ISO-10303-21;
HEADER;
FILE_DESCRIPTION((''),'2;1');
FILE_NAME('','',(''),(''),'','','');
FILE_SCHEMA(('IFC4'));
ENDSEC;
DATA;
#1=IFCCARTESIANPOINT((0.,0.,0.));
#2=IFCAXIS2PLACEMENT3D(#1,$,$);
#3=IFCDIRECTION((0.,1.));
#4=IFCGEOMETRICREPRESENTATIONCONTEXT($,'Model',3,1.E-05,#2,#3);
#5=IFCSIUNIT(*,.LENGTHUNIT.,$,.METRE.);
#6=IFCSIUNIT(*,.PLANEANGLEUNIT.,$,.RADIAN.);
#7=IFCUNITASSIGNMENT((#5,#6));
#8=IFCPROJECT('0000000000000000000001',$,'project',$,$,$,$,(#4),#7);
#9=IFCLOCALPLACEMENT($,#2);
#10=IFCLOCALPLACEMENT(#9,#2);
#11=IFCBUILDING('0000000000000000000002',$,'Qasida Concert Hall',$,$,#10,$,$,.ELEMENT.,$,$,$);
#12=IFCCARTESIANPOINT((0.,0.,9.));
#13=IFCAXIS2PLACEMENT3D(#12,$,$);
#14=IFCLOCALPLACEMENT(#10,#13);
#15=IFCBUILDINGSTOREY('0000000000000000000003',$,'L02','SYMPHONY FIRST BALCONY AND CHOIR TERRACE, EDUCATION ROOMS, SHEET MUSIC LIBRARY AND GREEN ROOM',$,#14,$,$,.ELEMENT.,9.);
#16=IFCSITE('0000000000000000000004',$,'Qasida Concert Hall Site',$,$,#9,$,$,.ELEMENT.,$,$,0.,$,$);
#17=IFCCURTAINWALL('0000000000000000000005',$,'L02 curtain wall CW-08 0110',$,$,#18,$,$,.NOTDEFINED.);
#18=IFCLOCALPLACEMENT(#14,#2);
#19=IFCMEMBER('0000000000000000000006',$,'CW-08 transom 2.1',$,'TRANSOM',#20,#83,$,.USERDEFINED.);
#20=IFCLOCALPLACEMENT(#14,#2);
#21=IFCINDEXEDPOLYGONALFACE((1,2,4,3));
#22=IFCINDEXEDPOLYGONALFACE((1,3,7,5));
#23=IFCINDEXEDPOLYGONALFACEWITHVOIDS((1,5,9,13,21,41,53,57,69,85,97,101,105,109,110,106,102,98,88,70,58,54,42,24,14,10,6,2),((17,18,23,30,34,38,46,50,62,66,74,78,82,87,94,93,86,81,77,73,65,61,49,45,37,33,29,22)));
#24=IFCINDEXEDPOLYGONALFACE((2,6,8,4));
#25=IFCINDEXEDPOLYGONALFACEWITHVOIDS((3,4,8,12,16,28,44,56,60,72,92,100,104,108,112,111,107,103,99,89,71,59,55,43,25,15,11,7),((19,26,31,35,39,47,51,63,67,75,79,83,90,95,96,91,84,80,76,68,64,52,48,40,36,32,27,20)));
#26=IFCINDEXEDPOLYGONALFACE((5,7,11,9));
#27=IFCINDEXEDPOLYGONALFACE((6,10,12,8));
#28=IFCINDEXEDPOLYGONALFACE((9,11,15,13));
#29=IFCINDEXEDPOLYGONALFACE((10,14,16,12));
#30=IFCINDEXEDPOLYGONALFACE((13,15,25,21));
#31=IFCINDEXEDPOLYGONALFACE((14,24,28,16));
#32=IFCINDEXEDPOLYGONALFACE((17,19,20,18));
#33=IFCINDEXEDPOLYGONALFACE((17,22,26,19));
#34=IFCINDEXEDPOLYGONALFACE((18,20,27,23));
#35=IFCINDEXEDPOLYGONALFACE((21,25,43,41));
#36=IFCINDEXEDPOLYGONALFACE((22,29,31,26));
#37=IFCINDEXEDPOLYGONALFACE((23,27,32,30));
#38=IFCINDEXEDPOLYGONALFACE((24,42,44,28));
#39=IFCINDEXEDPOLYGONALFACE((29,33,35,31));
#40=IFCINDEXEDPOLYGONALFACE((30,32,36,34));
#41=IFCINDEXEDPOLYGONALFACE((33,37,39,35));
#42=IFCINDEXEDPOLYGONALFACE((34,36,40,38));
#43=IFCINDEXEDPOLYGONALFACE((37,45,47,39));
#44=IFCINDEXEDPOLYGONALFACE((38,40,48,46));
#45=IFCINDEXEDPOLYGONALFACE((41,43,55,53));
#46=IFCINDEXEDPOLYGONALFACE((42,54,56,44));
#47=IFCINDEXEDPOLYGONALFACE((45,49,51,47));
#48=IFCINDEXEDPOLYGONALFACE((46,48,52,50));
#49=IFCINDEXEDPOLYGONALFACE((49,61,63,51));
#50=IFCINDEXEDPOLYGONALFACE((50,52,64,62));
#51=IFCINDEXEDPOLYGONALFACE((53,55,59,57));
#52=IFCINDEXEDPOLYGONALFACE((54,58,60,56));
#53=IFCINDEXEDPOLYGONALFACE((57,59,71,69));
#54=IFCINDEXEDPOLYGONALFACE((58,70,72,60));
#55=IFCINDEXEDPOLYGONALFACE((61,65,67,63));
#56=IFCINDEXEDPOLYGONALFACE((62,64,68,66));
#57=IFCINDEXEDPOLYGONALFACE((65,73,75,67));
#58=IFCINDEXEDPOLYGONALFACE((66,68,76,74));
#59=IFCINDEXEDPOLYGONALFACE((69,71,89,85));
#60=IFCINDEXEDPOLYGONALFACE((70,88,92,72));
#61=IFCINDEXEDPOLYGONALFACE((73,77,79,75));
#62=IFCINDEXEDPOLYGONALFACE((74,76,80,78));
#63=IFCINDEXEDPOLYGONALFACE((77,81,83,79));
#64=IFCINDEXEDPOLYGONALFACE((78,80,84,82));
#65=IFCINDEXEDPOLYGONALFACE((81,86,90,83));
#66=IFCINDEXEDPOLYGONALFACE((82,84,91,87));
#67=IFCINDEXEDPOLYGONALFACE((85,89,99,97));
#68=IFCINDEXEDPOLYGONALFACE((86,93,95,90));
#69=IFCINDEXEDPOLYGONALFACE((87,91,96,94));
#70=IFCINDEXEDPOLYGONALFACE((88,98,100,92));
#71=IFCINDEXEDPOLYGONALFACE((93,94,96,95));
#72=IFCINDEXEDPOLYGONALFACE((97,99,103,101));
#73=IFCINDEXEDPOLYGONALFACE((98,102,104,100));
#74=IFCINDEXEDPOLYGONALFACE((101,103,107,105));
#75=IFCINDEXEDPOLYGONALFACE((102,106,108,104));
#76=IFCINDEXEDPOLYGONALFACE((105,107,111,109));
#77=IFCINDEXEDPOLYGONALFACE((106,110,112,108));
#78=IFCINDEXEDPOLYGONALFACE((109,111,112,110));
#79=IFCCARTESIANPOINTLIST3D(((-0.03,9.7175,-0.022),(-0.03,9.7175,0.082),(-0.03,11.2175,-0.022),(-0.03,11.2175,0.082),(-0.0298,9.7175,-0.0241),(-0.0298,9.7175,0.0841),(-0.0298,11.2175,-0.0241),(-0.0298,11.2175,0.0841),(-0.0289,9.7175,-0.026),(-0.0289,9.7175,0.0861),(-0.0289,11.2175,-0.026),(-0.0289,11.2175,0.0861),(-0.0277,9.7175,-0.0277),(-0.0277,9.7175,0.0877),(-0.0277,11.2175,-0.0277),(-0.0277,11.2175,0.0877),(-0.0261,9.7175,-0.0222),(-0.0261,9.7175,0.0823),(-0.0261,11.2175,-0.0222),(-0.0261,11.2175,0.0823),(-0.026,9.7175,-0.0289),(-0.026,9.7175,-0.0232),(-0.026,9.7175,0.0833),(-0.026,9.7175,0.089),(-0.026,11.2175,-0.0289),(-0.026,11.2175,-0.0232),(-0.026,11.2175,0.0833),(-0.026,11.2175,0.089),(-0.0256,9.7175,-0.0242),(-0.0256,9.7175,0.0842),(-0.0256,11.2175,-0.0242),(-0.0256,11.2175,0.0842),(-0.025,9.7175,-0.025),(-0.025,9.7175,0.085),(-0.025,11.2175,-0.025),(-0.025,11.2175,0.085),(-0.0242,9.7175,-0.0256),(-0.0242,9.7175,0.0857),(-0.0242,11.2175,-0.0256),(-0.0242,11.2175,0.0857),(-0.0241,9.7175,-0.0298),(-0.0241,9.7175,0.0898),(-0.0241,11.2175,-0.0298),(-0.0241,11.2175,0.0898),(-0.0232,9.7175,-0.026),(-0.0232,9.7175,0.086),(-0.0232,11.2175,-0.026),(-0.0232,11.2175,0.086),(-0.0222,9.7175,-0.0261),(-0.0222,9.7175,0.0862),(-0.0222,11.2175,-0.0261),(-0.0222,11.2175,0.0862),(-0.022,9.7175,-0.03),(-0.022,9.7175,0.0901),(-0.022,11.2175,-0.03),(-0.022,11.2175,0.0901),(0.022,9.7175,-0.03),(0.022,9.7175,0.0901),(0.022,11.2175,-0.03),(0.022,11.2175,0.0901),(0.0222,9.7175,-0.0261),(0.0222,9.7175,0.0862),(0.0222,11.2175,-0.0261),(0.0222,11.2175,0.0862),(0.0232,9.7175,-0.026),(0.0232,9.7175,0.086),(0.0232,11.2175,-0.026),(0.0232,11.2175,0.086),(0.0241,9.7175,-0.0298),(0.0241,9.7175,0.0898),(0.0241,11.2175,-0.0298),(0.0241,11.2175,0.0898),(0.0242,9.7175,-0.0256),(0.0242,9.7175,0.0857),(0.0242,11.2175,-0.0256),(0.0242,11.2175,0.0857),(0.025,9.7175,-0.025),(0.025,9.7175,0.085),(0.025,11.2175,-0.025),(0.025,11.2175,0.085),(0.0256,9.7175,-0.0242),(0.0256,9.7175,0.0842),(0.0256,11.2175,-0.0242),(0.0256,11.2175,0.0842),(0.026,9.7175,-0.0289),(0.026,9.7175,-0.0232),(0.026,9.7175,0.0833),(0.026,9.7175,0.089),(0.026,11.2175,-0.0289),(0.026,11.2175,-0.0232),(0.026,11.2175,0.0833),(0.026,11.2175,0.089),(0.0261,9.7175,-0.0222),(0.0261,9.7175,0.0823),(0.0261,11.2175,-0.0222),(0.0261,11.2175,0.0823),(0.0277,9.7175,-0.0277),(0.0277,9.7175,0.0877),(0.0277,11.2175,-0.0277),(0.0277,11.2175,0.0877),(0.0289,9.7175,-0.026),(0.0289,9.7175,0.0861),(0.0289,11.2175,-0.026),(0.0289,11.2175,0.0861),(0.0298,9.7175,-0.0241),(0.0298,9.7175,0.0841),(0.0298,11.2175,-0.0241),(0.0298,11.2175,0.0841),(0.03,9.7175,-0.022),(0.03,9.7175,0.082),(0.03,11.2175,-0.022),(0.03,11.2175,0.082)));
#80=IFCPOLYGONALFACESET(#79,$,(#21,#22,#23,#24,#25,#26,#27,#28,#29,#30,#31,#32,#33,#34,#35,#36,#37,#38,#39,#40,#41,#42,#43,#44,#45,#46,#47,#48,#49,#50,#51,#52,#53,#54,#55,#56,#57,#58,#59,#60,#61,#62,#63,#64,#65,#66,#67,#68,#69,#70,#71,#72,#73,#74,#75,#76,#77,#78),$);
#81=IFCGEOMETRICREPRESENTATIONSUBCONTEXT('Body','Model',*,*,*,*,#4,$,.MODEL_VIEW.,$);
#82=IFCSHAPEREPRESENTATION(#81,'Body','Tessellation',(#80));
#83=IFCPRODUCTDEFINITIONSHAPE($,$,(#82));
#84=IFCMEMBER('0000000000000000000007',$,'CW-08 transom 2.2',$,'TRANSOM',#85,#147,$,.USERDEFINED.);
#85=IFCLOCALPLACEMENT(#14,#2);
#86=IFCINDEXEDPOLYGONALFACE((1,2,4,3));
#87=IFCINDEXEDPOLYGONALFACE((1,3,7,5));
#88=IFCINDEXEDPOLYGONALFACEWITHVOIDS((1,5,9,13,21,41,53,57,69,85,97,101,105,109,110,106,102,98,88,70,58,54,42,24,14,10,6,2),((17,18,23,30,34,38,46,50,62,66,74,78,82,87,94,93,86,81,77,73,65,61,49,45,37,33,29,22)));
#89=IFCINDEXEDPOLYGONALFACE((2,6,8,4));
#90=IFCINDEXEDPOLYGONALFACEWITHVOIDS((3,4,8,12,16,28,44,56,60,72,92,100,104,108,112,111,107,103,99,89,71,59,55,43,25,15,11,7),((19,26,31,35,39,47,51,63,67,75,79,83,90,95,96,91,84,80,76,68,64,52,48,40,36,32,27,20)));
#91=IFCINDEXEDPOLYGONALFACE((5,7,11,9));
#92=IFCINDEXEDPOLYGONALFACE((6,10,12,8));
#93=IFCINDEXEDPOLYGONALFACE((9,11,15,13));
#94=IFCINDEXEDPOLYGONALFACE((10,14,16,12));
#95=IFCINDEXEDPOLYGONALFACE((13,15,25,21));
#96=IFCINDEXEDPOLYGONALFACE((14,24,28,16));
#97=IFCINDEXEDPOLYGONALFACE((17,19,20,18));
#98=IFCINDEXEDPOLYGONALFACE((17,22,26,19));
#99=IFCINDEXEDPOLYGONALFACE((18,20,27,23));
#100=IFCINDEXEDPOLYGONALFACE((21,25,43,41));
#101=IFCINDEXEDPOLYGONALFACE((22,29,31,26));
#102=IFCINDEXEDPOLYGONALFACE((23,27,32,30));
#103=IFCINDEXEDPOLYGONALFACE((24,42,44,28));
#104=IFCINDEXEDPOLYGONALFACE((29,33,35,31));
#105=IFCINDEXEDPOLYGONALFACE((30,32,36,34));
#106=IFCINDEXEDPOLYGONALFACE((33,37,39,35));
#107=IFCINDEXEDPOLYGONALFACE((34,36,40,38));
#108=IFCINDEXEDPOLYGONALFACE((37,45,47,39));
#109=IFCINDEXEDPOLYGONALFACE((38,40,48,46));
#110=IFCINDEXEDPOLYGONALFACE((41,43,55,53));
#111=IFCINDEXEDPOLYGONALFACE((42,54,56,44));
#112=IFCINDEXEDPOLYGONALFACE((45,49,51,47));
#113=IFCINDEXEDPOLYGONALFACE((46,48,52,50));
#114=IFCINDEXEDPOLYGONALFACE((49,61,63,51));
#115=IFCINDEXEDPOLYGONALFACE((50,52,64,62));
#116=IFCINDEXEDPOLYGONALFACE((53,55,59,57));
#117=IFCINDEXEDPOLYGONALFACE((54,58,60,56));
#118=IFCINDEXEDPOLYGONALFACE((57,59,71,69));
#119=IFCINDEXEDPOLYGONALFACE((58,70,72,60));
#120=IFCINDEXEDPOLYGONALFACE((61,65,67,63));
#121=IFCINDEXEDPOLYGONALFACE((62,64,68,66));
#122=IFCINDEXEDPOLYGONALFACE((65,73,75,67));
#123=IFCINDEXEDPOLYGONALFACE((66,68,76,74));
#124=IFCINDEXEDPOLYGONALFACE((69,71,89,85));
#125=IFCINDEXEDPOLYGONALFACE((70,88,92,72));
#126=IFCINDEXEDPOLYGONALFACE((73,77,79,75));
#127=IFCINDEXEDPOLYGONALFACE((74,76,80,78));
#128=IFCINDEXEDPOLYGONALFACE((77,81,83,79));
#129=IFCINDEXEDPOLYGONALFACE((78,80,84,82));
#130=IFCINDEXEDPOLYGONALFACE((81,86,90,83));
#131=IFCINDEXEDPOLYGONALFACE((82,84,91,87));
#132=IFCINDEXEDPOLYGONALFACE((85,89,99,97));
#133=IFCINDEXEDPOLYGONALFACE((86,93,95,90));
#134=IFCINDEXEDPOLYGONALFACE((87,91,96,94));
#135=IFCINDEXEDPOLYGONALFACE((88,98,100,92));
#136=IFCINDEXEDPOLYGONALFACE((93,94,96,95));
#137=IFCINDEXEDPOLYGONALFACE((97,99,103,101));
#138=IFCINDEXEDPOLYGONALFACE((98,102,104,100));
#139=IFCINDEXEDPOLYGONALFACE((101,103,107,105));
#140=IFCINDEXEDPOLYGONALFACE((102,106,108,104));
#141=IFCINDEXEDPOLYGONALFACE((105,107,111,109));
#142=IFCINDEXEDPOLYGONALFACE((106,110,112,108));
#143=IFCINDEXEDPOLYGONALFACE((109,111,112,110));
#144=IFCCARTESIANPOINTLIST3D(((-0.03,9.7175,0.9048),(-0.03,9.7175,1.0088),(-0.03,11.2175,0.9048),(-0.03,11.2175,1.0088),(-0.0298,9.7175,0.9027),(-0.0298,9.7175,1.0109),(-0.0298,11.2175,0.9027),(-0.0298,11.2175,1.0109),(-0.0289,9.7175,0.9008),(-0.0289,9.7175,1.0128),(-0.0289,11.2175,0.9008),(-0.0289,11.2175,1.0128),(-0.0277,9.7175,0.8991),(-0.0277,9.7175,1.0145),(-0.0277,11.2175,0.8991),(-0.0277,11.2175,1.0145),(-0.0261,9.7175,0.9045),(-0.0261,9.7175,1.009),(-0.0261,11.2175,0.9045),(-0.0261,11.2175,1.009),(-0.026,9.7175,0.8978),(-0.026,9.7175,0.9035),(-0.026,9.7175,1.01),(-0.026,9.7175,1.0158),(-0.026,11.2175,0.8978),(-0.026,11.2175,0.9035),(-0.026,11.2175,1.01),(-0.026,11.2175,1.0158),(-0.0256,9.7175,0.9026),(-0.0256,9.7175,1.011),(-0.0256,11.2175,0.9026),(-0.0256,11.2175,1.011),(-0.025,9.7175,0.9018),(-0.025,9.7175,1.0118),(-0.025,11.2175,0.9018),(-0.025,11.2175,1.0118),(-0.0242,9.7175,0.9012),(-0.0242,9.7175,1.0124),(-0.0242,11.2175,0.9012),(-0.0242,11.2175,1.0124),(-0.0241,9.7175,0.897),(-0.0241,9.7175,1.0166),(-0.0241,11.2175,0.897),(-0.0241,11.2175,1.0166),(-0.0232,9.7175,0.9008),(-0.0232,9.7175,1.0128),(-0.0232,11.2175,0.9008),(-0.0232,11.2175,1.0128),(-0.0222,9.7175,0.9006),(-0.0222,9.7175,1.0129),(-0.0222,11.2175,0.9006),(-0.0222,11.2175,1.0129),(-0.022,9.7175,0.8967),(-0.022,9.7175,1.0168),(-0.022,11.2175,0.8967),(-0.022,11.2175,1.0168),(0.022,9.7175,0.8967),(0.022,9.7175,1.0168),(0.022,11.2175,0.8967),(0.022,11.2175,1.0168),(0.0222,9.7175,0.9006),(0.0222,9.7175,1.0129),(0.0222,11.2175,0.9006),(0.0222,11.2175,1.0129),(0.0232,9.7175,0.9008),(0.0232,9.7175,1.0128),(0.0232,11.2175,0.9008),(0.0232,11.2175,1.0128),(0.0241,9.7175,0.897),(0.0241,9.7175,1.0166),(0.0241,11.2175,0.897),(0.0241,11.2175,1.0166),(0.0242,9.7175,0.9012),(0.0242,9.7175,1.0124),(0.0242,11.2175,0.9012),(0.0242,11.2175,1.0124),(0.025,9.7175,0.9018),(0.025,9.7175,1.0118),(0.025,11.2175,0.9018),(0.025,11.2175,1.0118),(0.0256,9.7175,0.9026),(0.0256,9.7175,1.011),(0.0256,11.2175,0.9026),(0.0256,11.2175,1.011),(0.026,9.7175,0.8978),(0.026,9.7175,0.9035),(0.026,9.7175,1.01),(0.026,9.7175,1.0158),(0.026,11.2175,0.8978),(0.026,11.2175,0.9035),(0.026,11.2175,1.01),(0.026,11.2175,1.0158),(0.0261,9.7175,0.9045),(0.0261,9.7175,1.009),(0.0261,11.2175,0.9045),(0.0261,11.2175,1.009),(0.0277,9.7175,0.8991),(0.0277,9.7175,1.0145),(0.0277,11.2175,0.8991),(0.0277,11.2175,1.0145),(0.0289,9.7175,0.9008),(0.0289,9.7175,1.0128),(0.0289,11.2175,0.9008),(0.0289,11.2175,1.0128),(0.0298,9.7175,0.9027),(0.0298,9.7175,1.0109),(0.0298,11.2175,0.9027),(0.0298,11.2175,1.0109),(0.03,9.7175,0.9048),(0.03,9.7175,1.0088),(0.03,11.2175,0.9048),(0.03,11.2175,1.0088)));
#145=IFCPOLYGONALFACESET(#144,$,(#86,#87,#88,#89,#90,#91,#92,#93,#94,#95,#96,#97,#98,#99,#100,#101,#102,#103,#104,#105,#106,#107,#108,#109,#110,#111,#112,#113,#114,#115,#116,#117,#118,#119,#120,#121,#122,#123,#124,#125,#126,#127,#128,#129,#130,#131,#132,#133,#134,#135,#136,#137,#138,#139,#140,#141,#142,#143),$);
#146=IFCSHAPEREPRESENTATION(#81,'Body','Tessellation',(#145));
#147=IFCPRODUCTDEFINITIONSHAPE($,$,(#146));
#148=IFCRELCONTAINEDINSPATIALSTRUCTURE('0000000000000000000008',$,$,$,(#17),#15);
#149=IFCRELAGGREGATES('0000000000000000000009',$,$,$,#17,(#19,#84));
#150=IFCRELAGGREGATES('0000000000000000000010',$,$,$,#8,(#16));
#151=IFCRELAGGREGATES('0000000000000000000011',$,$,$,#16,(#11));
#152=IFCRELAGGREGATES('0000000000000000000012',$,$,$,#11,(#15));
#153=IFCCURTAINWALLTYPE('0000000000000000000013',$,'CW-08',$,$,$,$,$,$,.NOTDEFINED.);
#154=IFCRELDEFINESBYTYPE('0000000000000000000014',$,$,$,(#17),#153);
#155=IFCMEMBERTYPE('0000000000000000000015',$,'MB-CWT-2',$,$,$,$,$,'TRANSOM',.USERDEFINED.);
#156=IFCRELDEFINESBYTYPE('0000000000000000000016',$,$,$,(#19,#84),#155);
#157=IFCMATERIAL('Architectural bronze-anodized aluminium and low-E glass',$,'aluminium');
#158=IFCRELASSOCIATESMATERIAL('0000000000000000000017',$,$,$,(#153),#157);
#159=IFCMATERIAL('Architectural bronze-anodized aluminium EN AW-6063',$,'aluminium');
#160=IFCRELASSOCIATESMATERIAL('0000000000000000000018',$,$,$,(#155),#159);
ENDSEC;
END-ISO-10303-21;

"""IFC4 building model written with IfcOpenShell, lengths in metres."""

from ifc_helpers import new_model, si_unit, direction, frame, origin, origin_2d, place, context, subcontext, project, spatial, hollow_rectangle, extrude, material, material_profile, profile_set, type_object, element, aggregate, save


model = new_model("IFC4")

# Units and contexts
model_context = context("Model", 3, precision=1e-05, world=origin(), true_north=direction((0.0, 1.0)))
body_context = subcontext(model_context, "Body", "Model", "MODEL_VIEW")
ifc_project = project(units=[si_unit("LENGTHUNIT", "METRE"), si_unit("PLANEANGLEUNIT", "RADIAN")], contexts=[model_context])

# Site, building, storey
site_placement = place(None, origin())
site = spatial("IfcSite", under=ifc_project, at=site_placement, Name="Qasida Concert Hall Site", CompositionType="ELEMENT", RefElevation=0.0)
building_placement = place(site_placement, origin())
building = spatial("IfcBuilding", under=site, at=building_placement, Name="Qasida Concert Hall", CompositionType="ELEMENT")
storey_placement = place(building_placement, frame((0.0, 0.0, 9.0)))
storey = spatial("IfcBuildingStorey", under=building, at=storey_placement, Name="L02", Description="SYMPHONY FIRST BALCONY AND CHOIR TERRACE, EDUCATION ROOMS, SHEET MUSIC LIBRARY AND GREEN ROOM", CompositionType="ELEMENT", Elevation=9.0)

# Curtain wall, members
ifc_material_1 = material(Name="Architectural bronze-anodized aluminium and low-E glass", Category="aluminium")
curtain_wall_type = type_object("IfcCurtainWallType", Name="CW-08", PredefinedType="NOTDEFINED", material=ifc_material_1)
curtain_wall_placement = place(storey_placement, origin())
curtain_wall = element("IfcCurtainWall", 1, at=curtain_wall_placement, inside=storey, type_object=curtain_wall_type, Name="L02 curtain wall CW-08 0110", PredefinedType="NOTDEFINED")
ifc_material_2 = material(Name="Architectural bronze-anodized aluminium EN AW-6063", Category="aluminium")
ifc_material_profile_1 = material_profile(ifc_material_2, hollow_rectangle(XDim=0.0601, YDim=0.1201, WallThickness=0.0039, InnerFilletRadius=0.0039, OuterFilletRadius=0.0081, at=origin_2d()), Name="CWT 120x60x4")
ifc_profile_set_1 = profile_set([ifc_material_profile_1], Name="Architectural bronze-anodized aluminium EN AW-6063")
member_type_1 = type_object("IfcMemberType", Name="MB-CWT-2", ElementType="TRANSOM", PredefinedType="USERDEFINED", material=ifc_profile_set_1)
member_1_placement = place(storey_placement, frame((0.0, 9.7175, 0.03), z_axis=(0.0, 1.0, 0.0), x_axis=(-1.0, 0.0, 0.0)))
member_1 = element("IfcMember", 2, at=member_1_placement, type_object=member_type_1, Name="CW-08 transom 2.1", ObjectType="TRANSOM", PredefinedType="USERDEFINED", context=body_context, shape_type="SweptSolid", body=[
    extrude(hollow_rectangle(XDim=0.0601, YDim=0.1201, WallThickness=0.0039, InnerFilletRadius=0.0039, OuterFilletRadius=0.0081, at=origin_2d()), origin(), (0.0, 0.0, 1.0), 1.5),
])
member_2_placement = place(storey_placement, frame((0.0, 9.7175, 0.9568), z_axis=(0.0, 1.0, 0.0), x_axis=(-1.0, 0.0, 0.0)))
member_2 = element("IfcMember", 3, at=member_2_placement, type_object=member_type_1, Name="CW-08 transom 2.2", ObjectType="TRANSOM", PredefinedType="USERDEFINED", context=body_context, shape_type="SweptSolid", body=[
    extrude(hollow_rectangle(XDim=0.0601, YDim=0.1201, WallThickness=0.0039, InnerFilletRadius=0.0039, OuterFilletRadius=0.0081, at=origin_2d()), origin(), (0.0, 0.0, 1.0), 1.5),
])
aggregate(curtain_wall, [member_1, member_2])

save(model, "model.ifc")
